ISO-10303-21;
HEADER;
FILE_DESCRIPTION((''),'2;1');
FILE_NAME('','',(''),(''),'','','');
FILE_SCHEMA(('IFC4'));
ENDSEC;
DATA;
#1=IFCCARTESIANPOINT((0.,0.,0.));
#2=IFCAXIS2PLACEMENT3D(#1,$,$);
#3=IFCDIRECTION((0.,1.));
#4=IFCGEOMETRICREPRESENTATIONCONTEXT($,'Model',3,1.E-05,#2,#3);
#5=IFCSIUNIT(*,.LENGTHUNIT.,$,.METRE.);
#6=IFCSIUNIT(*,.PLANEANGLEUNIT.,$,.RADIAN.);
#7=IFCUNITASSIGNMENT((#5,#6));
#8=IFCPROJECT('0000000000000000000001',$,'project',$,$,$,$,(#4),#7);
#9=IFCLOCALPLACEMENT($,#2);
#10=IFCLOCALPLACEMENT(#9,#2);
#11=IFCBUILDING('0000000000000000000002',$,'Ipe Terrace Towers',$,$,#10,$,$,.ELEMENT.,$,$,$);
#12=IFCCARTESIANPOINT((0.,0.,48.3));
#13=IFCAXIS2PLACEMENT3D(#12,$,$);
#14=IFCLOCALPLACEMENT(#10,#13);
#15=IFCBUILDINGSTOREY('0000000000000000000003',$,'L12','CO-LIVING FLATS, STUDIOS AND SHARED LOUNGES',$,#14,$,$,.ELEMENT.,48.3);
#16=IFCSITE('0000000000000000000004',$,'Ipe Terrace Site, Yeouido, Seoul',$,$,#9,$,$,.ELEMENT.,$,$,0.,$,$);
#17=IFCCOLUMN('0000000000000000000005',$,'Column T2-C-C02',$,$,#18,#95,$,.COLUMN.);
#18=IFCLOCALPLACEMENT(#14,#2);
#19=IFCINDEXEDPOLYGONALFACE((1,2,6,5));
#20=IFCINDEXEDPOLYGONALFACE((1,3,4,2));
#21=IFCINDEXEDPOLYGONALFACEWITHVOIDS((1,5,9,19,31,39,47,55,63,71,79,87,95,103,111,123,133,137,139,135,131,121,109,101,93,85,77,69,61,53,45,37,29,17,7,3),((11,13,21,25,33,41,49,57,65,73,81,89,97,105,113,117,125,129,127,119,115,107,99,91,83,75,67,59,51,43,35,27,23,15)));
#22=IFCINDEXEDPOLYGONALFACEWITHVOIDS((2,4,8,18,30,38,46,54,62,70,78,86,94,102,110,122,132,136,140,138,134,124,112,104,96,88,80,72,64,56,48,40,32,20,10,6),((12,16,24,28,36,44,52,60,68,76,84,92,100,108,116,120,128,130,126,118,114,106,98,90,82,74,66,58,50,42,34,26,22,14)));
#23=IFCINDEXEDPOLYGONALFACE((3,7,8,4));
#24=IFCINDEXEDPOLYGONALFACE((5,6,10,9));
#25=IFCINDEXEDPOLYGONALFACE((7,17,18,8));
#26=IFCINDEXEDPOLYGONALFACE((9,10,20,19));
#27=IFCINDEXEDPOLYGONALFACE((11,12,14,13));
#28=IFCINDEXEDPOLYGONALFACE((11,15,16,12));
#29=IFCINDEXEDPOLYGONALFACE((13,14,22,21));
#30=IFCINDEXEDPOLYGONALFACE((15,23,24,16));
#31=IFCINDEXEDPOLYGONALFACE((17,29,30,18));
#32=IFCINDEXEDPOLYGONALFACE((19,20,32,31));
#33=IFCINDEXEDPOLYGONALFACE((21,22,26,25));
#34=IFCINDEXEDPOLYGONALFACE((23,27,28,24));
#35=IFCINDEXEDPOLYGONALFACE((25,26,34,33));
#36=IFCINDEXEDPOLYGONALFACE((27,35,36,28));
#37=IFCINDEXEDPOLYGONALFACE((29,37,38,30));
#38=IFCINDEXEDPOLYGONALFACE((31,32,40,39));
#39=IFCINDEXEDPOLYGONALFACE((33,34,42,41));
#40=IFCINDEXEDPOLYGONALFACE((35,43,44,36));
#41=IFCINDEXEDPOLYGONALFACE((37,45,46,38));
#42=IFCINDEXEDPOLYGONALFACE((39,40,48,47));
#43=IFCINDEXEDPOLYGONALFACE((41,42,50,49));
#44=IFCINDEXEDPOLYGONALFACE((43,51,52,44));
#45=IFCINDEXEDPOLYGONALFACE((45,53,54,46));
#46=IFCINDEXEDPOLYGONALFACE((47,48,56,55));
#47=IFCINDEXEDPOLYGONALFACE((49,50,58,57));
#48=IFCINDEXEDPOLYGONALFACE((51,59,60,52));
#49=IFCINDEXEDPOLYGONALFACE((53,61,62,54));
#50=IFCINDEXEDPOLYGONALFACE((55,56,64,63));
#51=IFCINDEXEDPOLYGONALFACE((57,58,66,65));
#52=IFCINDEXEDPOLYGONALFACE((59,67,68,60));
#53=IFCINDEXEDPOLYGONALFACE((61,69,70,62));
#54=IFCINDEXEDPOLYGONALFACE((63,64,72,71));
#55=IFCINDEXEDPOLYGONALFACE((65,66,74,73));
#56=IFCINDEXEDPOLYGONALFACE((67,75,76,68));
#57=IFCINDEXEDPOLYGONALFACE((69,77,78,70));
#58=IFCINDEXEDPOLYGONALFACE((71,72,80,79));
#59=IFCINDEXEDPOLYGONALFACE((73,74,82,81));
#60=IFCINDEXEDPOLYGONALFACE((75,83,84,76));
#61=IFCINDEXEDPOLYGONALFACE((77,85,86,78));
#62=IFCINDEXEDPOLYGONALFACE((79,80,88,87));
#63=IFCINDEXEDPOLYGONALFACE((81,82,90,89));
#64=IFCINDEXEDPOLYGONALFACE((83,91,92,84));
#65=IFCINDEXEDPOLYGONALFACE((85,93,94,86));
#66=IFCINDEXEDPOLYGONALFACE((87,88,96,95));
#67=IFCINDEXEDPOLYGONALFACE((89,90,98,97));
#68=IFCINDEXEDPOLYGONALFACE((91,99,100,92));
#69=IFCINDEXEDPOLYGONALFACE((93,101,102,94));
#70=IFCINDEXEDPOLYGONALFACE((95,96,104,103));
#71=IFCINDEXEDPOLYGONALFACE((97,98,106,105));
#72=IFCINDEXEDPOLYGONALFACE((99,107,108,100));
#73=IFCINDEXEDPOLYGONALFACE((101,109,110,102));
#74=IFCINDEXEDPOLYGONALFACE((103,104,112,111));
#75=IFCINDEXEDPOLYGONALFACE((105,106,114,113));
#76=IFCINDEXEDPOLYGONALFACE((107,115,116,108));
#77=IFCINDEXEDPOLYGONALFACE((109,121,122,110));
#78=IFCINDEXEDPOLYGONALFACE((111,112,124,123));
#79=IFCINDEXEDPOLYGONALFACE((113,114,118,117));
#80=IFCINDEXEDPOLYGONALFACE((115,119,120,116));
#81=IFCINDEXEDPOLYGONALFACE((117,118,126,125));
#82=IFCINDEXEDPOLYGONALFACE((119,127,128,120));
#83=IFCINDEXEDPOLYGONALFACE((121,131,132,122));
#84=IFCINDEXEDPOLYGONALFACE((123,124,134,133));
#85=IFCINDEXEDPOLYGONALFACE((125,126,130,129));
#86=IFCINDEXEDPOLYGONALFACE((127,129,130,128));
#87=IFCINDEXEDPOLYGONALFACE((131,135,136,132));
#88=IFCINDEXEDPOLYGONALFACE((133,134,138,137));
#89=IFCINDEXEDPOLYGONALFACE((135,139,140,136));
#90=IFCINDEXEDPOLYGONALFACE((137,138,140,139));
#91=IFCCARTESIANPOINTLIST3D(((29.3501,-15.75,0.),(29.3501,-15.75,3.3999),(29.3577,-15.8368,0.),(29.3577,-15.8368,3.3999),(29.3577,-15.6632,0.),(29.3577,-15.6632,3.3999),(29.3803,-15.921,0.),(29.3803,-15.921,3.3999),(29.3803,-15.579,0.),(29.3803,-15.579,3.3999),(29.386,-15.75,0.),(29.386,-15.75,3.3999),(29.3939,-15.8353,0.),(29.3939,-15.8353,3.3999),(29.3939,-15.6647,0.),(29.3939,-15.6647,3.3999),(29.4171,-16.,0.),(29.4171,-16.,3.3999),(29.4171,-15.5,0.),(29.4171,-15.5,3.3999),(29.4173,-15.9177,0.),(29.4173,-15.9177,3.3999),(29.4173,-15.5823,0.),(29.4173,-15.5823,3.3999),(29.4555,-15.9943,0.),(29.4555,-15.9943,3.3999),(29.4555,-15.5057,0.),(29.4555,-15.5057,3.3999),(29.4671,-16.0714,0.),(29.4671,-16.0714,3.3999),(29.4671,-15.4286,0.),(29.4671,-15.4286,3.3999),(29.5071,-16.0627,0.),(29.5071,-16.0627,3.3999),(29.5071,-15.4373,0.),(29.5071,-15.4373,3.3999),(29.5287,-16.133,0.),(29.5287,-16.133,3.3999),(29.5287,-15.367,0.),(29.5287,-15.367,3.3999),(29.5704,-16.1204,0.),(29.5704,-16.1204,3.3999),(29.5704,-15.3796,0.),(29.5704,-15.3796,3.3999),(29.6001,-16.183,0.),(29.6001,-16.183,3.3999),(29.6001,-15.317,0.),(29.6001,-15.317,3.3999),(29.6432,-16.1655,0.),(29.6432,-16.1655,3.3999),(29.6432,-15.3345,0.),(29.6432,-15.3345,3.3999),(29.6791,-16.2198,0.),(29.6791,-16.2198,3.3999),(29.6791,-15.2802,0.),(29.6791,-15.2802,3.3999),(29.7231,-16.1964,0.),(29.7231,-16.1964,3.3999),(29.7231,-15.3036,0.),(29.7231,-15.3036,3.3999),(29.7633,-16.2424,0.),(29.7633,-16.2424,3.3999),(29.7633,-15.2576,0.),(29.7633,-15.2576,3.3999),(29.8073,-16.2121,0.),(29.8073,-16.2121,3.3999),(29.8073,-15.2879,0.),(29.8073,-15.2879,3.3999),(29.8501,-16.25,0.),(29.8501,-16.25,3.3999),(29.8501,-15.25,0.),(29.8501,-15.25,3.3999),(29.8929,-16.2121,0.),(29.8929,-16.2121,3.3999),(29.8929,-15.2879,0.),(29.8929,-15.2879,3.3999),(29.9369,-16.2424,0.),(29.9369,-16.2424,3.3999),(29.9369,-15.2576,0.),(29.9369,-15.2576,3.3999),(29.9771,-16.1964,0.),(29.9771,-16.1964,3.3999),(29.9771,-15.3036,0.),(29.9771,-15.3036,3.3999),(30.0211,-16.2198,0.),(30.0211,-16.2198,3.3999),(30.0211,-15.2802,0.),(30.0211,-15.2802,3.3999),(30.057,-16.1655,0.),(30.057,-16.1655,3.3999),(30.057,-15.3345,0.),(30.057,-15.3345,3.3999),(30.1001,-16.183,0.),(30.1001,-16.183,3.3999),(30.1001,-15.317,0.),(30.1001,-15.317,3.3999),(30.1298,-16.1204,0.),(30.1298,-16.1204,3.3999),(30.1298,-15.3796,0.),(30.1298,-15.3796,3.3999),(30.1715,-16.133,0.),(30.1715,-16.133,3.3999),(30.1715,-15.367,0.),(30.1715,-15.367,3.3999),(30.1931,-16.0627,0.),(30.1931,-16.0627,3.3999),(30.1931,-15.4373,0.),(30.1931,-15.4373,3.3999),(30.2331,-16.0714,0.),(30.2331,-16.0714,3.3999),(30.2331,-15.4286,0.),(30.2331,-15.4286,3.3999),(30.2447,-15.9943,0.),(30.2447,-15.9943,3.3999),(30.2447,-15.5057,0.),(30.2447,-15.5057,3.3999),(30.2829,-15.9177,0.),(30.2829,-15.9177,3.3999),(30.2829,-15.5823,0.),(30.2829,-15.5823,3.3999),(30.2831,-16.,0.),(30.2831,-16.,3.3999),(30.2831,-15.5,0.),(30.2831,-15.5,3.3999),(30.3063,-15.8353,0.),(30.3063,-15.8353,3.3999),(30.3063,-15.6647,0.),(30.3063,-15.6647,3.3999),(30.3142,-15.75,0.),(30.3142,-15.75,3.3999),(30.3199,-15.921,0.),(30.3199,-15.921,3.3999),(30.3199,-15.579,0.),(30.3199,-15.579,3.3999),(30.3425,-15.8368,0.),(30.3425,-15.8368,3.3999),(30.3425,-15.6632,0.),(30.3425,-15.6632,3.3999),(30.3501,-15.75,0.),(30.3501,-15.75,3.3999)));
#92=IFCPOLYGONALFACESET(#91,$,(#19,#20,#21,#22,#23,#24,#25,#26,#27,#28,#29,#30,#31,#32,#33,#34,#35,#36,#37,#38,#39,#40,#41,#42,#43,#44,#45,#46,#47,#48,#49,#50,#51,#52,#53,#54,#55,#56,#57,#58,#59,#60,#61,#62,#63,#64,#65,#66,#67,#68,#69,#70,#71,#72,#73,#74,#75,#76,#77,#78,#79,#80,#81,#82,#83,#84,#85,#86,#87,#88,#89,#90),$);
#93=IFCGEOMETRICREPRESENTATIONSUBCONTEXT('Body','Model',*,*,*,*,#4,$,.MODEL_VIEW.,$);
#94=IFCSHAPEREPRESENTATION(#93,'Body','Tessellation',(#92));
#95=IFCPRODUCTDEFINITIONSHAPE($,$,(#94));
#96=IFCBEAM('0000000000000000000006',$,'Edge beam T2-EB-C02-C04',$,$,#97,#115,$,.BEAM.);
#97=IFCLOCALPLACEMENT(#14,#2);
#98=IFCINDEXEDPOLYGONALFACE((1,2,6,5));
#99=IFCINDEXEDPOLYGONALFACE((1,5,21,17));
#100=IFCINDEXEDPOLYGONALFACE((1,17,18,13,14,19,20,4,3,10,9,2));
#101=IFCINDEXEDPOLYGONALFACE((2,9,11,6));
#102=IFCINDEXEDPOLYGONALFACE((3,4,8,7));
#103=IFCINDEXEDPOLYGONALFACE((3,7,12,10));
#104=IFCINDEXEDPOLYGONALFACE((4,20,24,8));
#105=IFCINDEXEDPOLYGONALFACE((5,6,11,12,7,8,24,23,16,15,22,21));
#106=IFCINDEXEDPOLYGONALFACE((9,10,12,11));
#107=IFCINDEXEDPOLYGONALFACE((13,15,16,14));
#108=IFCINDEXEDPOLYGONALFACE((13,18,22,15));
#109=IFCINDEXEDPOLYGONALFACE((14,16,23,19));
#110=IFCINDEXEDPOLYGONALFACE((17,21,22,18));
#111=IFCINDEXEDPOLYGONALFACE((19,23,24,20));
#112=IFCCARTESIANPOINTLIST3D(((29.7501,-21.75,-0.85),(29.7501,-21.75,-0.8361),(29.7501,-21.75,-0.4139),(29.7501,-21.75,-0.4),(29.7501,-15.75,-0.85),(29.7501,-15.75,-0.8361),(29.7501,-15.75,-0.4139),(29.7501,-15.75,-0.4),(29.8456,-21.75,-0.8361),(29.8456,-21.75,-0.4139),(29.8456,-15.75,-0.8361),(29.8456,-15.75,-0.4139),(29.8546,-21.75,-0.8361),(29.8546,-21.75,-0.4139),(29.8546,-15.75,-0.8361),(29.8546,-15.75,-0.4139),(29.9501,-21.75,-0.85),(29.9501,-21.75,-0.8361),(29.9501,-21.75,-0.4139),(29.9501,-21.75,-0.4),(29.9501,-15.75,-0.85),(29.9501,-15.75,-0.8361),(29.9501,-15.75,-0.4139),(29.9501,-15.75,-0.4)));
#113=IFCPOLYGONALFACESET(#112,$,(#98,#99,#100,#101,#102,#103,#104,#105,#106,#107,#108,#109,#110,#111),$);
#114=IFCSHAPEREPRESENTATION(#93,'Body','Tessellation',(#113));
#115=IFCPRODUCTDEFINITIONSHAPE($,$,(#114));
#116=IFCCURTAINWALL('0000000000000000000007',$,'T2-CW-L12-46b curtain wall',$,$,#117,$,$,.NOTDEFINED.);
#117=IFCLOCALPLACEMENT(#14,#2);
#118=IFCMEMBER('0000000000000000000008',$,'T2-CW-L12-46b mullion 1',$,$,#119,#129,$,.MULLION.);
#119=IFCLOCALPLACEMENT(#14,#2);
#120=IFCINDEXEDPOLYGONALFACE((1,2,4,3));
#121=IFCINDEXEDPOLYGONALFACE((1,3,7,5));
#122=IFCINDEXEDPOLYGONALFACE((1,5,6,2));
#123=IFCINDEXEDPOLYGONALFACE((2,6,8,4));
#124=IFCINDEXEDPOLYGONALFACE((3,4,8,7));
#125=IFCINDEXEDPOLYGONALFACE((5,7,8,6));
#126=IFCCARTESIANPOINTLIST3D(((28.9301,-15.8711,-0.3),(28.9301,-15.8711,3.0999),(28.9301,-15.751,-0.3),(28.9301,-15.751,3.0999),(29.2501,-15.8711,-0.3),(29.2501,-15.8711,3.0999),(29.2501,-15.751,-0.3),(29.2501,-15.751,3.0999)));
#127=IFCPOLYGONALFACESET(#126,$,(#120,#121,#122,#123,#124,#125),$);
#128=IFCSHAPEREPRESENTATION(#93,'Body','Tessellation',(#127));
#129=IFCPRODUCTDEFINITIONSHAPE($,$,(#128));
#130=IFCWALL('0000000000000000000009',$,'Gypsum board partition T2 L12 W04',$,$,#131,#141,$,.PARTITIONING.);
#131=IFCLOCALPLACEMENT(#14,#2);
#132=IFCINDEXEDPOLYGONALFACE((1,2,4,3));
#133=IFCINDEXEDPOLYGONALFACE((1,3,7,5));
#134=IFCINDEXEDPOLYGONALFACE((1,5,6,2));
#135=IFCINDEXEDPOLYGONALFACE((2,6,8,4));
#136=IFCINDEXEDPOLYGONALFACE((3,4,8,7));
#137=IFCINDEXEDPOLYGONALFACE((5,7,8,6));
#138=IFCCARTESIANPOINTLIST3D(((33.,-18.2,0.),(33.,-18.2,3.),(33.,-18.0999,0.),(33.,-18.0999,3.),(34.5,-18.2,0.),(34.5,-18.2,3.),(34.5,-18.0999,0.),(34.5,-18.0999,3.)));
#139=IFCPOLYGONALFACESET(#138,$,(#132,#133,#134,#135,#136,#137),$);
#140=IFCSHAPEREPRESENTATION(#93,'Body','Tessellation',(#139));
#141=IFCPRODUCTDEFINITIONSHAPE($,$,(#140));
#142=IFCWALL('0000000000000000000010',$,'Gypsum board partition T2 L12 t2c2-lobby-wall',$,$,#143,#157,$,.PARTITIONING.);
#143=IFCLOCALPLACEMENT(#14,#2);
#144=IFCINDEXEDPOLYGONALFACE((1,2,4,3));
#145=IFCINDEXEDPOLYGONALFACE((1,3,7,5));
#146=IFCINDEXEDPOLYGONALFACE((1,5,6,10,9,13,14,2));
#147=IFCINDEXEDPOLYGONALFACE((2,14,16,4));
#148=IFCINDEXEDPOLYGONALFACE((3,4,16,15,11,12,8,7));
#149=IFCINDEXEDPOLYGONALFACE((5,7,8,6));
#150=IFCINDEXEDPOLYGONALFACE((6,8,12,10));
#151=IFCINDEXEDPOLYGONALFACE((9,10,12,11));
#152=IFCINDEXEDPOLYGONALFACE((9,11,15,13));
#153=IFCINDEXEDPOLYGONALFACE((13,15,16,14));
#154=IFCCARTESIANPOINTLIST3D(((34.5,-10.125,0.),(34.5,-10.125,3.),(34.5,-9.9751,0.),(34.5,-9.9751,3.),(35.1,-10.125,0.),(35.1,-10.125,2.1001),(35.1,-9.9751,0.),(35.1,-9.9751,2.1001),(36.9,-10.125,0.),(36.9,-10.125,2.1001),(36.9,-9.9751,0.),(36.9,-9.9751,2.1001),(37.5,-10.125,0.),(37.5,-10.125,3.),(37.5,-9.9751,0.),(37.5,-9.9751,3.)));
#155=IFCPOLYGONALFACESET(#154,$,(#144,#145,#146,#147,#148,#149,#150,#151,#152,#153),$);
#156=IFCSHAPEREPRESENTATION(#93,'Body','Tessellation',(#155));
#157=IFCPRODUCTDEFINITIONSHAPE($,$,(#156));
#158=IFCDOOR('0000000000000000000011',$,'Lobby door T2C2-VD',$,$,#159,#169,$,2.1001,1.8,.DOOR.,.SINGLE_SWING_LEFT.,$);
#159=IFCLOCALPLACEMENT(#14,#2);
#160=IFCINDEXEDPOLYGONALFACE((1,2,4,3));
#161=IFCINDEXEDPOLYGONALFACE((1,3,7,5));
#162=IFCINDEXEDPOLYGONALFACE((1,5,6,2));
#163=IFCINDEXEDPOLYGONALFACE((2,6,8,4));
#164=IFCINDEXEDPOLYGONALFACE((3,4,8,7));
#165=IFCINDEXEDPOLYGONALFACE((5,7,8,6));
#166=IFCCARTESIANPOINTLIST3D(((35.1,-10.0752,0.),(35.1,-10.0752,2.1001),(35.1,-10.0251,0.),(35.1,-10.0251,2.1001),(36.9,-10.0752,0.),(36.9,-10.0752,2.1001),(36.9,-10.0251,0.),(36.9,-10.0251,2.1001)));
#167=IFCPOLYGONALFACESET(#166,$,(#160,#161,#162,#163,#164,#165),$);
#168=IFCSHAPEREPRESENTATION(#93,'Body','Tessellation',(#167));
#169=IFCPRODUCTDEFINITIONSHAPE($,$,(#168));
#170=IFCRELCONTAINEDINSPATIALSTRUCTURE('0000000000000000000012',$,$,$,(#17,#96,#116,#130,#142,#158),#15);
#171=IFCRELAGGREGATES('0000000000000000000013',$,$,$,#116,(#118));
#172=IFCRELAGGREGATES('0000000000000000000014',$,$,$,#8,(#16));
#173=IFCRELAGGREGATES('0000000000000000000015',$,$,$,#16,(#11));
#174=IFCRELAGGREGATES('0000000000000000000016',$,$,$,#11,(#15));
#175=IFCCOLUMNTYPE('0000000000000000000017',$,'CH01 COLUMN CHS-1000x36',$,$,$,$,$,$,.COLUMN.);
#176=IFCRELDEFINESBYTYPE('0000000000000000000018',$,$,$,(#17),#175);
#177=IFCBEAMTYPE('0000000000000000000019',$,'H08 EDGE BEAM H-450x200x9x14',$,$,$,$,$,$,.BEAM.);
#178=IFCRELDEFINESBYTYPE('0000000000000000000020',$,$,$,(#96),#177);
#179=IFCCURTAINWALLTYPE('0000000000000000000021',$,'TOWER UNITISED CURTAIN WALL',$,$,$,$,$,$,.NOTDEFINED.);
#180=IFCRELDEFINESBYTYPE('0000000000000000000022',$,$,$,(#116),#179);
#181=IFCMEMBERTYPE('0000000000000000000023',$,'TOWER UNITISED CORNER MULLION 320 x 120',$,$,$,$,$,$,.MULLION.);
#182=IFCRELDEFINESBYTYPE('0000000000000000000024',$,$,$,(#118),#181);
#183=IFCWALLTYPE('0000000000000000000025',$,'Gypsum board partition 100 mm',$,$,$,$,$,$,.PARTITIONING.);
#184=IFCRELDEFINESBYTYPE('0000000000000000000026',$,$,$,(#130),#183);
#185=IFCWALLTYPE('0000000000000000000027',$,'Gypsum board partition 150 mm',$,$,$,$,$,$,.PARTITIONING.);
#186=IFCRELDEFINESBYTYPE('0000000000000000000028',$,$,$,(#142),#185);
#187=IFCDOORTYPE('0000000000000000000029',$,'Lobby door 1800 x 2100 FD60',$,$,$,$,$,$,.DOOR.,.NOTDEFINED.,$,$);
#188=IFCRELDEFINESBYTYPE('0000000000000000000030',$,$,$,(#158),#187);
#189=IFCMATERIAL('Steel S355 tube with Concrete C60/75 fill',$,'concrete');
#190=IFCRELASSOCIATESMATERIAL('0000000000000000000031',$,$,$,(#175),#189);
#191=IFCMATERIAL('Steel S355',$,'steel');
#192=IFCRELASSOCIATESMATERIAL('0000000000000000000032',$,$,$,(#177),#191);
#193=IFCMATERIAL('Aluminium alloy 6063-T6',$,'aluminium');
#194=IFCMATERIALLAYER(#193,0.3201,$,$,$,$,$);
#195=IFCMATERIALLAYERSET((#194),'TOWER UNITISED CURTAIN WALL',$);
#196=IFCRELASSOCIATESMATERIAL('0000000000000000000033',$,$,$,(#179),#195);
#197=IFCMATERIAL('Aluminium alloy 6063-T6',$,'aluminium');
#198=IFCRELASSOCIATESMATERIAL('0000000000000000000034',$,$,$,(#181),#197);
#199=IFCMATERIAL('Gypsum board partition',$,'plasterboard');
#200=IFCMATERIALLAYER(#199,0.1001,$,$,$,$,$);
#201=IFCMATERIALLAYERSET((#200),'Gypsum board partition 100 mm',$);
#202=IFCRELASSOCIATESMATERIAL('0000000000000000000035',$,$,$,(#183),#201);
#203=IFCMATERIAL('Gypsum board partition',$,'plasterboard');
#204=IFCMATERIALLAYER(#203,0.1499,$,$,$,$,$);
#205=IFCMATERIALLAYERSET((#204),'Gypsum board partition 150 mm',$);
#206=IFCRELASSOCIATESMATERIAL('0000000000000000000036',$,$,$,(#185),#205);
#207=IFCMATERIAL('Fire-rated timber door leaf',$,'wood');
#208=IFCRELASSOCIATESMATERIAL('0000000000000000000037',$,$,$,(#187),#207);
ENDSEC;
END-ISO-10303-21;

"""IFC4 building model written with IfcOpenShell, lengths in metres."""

from ifc_helpers import new_model, si_unit, direction, frame, frame_2d, origin, origin_2d, place, context, subcontext, project, spatial, rectangle, hollow_circle, i_section, extrude, material, layer, layer_set, material_profile, profile_set, type_object, element, fill, aggregate, save


model = new_model("IFC4")

# Units and contexts
model_context = context("Model", 3, precision=1e-05, world=origin(), true_north=direction((0.0, 1.0)))
body_context = subcontext(model_context, "Body", "Model", "MODEL_VIEW")
ifc_project = project(units=[si_unit("LENGTHUNIT", "METRE"), si_unit("PLANEANGLEUNIT", "RADIAN")], contexts=[model_context])

# Site, building, storey
site_placement = place(None, origin())
site = spatial("IfcSite", under=ifc_project, at=site_placement, Name="Ipe Terrace Site, Yeouido, Seoul", CompositionType="ELEMENT", RefElevation=0.0)
building_placement = place(site_placement, origin())
building = spatial("IfcBuilding", under=site, at=building_placement, Name="Ipe Terrace Towers", CompositionType="ELEMENT")
storey_placement = place(building_placement, frame((0.0, 0.0, 48.3)))
storey = spatial("IfcBuildingStorey", under=building, at=storey_placement, Name="L12", Description="CO-LIVING FLATS, STUDIOS AND SHARED LOUNGES", CompositionType="ELEMENT", Elevation=48.3)

# Column
ifc_material_1 = material(Name="Steel S355 tube with Concrete C60/75 fill", Category="concrete")
ifc_material_profile_1 = material_profile(ifc_material_1, hollow_circle(Radius=0.5, WallThickness=0.0359, at=origin_2d()), Name="CHS-1000x36")
ifc_profile_set_1 = profile_set([ifc_material_profile_1], Name="Steel S355 tube with Concrete C60/75 fill")
column_type = type_object("IfcColumnType", Name="CH01 COLUMN CHS-1000x36", PredefinedType="COLUMN", material=ifc_profile_set_1)
column_placement = place(storey_placement, frame((29.8501, -15.75, 0.0), z_axis=(0.0, 0.0, 1.0), x_axis=(1.0, 0.0, 0.0)))
element("IfcColumn", 1, at=column_placement, inside=storey, type_object=column_type, Name="Column T2-C-C02", PredefinedType="COLUMN", context=body_context, shape_type="SweptSolid", body=[
    extrude(hollow_circle(Radius=0.5, WallThickness=0.0359, at=origin_2d()), origin(), (0.0, 0.0, 1.0), 3.3999),
])

# Beam
ifc_material_2 = material(Name="Steel S355", Category="steel")
ifc_material_profile_2 = material_profile(ifc_material_2, i_section(OverallWidth=0.2, OverallDepth=0.45, WebThickness=0.009, FlangeThickness=0.0139, at=origin_2d()), Name="H-450x200x9x14")
ifc_profile_set_2 = profile_set([ifc_material_profile_2], Name="Steel S355")
beam_type = type_object("IfcBeamType", Name="H08 EDGE BEAM H-450x200x9x14", PredefinedType="BEAM", material=ifc_profile_set_2)
beam_placement = place(storey_placement, frame((29.8501, -15.75, -0.625), z_axis=(0.0, -1.0, 0.0), x_axis=(1.0, 0.0, 0.0)))
element("IfcBeam", 2, at=beam_placement, inside=storey, type_object=beam_type, Name="Edge beam T2-EB-C02-C04", PredefinedType="BEAM", context=body_context, shape_type="SweptSolid", body=[
    extrude(i_section(OverallWidth=0.2, OverallDepth=0.45, WebThickness=0.009, FlangeThickness=0.0139, at=origin_2d()), origin(), (0.0, 0.0, 1.0), 6.0),
])

# Curtain wall, member
ifc_material_3 = material(Name="Aluminium alloy 6063-T6", Category="aluminium")
ifc_layer_1 = layer(ifc_material_3, 0.3201)
ifc_layer_set_1 = layer_set([ifc_layer_1], Name="TOWER UNITISED CURTAIN WALL")
curtain_wall_type = type_object("IfcCurtainWallType", Name="TOWER UNITISED CURTAIN WALL", PredefinedType="NOTDEFINED", material=ifc_layer_set_1)
curtain_wall_placement = place(storey_placement, origin())
curtain_wall = element("IfcCurtainWall", 3, at=curtain_wall_placement, inside=storey, type_object=curtain_wall_type, Name="T2-CW-L12-46b curtain wall", PredefinedType="NOTDEFINED")
ifc_material_4 = material(Name="Aluminium alloy 6063-T6", Category="aluminium")
ifc_material_profile_3 = material_profile(ifc_material_4, rectangle(XDim=0.3201, YDim=0.1201, at=origin_2d()), Name="TOWER UNITISED CORNER MULLION 320 x 120")
ifc_profile_set_3 = profile_set([ifc_material_profile_3], Name="Aluminium alloy 6063-T6")
member_type = type_object("IfcMemberType", Name="TOWER UNITISED CORNER MULLION 320 x 120", PredefinedType="MULLION", material=ifc_profile_set_3)
member_placement = place(storey_placement, frame((29.0901, -15.811, -0.3), z_axis=(0.0, 0.0, 1.0), x_axis=(-1.0, 0.0, 0.0)))
member = element("IfcMember", 4, at=member_placement, type_object=member_type, Name="T2-CW-L12-46b mullion 1", PredefinedType="MULLION", context=body_context, shape_type="SweptSolid", body=[
    extrude(rectangle(XDim=0.3201, YDim=0.1201, at=origin_2d()), origin(), (0.0, 0.0, 1.0), 3.3999),
])
aggregate(curtain_wall, [member])

# Wall
ifc_material_5 = material(Name="Gypsum board partition", Category="plasterboard")
ifc_layer_2 = layer(ifc_material_5, 0.1001)
ifc_layer_set_2 = layer_set([ifc_layer_2], Name="Gypsum board partition 100 mm")
wall_type_1 = type_object("IfcWallType", Name="Gypsum board partition 100 mm", PredefinedType="PARTITIONING", material=ifc_layer_set_2)
wall_1_placement = place(storey_placement, frame((34.5, -18.1499, 0.0), z_axis=(0.0, 0.0, 1.0), x_axis=(-1.0, 0.0, 0.0)))
element("IfcWall", 5, at=wall_1_placement, inside=storey, type_object=wall_type_1, Name="Gypsum board partition T2 L12 W04", PredefinedType="PARTITIONING", context=body_context, shape_type="SweptSolid", body=[
    extrude(rectangle(XDim=1.5, YDim=0.1001, at=frame_2d((0.75, 0.0))), origin(), (0.0, 0.0, 1.0), 3.0),
])

# Wall, opening, door
ifc_material_6 = material(Name="Gypsum board partition", Category="plasterboard")
ifc_layer_3 = layer(ifc_material_6, 0.1499)
ifc_layer_set_3 = layer_set([ifc_layer_3], Name="Gypsum board partition 150 mm")
wall_type_2 = type_object("IfcWallType", Name="Gypsum board partition 150 mm", PredefinedType="PARTITIONING", material=ifc_layer_set_3)
wall_2_placement = place(storey_placement, frame((34.5, -10.05, 0.0), z_axis=(0.0, 0.0, 1.0), x_axis=(1.0, 0.0, 0.0)))
wall_2 = element("IfcWall", 6, at=wall_2_placement, inside=storey, type_object=wall_type_2, Name="Gypsum board partition T2 L12 t2c2-lobby-wall", PredefinedType="PARTITIONING", context=body_context, shape_type="SweptSolid", body=[
    extrude(rectangle(XDim=3.0, YDim=0.1499, at=frame_2d((1.5, 0.0))), origin(), (0.0, 0.0, 1.0), 3.0),
])
opening_1_placement = place(wall_2_placement, frame((0.6001, 0.0, 0.0)))
opening_1 = element("IfcOpeningElement", 7, at=opening_1_placement, cuts=wall_2, PredefinedType="OPENING", context=body_context, shape_type="SweptSolid", body=[
    extrude(rectangle(XDim=1.8, YDim=2.1001, at=frame_2d((0.8999, 1.05))), frame((0.0, 0.085, 0.0), z_axis=(0.0, -1.0, 0.0), x_axis=(1.0, 0.0, 0.0)), (0.0, 0.0, 1.0), 0.1699),
])
ifc_material_7 = material(Name="Fire-rated timber door leaf", Category="wood")
door_type_1 = type_object("IfcDoorType", Name="Lobby door 1800 x 2100 FD60", OperationType="NOTDEFINED", PredefinedType="DOOR", material=ifc_material_7)
door_1_placement = place(opening_1_placement, origin())
door_1 = element("IfcDoor", 8, at=door_1_placement, inside=storey, type_object=door_type_1, Name="Lobby door T2C2-VD", OperationType="SINGLE_SWING_LEFT", OverallHeight=2.1001, OverallWidth=1.8, PredefinedType="DOOR", context=body_context, shape_type="SweptSolid", body=[
    extrude(rectangle(XDim=1.8, YDim=2.1001, at=frame_2d((0.8999, 1.05))), frame((0.0, 0.0249, 0.0), z_axis=(0.0, -1.0, 0.0), x_axis=(1.0, 0.0, 0.0)), (0.0, 0.0, 1.0), 0.05),
])
fill(opening_1, door_1)

save(model, "model.ifc")
